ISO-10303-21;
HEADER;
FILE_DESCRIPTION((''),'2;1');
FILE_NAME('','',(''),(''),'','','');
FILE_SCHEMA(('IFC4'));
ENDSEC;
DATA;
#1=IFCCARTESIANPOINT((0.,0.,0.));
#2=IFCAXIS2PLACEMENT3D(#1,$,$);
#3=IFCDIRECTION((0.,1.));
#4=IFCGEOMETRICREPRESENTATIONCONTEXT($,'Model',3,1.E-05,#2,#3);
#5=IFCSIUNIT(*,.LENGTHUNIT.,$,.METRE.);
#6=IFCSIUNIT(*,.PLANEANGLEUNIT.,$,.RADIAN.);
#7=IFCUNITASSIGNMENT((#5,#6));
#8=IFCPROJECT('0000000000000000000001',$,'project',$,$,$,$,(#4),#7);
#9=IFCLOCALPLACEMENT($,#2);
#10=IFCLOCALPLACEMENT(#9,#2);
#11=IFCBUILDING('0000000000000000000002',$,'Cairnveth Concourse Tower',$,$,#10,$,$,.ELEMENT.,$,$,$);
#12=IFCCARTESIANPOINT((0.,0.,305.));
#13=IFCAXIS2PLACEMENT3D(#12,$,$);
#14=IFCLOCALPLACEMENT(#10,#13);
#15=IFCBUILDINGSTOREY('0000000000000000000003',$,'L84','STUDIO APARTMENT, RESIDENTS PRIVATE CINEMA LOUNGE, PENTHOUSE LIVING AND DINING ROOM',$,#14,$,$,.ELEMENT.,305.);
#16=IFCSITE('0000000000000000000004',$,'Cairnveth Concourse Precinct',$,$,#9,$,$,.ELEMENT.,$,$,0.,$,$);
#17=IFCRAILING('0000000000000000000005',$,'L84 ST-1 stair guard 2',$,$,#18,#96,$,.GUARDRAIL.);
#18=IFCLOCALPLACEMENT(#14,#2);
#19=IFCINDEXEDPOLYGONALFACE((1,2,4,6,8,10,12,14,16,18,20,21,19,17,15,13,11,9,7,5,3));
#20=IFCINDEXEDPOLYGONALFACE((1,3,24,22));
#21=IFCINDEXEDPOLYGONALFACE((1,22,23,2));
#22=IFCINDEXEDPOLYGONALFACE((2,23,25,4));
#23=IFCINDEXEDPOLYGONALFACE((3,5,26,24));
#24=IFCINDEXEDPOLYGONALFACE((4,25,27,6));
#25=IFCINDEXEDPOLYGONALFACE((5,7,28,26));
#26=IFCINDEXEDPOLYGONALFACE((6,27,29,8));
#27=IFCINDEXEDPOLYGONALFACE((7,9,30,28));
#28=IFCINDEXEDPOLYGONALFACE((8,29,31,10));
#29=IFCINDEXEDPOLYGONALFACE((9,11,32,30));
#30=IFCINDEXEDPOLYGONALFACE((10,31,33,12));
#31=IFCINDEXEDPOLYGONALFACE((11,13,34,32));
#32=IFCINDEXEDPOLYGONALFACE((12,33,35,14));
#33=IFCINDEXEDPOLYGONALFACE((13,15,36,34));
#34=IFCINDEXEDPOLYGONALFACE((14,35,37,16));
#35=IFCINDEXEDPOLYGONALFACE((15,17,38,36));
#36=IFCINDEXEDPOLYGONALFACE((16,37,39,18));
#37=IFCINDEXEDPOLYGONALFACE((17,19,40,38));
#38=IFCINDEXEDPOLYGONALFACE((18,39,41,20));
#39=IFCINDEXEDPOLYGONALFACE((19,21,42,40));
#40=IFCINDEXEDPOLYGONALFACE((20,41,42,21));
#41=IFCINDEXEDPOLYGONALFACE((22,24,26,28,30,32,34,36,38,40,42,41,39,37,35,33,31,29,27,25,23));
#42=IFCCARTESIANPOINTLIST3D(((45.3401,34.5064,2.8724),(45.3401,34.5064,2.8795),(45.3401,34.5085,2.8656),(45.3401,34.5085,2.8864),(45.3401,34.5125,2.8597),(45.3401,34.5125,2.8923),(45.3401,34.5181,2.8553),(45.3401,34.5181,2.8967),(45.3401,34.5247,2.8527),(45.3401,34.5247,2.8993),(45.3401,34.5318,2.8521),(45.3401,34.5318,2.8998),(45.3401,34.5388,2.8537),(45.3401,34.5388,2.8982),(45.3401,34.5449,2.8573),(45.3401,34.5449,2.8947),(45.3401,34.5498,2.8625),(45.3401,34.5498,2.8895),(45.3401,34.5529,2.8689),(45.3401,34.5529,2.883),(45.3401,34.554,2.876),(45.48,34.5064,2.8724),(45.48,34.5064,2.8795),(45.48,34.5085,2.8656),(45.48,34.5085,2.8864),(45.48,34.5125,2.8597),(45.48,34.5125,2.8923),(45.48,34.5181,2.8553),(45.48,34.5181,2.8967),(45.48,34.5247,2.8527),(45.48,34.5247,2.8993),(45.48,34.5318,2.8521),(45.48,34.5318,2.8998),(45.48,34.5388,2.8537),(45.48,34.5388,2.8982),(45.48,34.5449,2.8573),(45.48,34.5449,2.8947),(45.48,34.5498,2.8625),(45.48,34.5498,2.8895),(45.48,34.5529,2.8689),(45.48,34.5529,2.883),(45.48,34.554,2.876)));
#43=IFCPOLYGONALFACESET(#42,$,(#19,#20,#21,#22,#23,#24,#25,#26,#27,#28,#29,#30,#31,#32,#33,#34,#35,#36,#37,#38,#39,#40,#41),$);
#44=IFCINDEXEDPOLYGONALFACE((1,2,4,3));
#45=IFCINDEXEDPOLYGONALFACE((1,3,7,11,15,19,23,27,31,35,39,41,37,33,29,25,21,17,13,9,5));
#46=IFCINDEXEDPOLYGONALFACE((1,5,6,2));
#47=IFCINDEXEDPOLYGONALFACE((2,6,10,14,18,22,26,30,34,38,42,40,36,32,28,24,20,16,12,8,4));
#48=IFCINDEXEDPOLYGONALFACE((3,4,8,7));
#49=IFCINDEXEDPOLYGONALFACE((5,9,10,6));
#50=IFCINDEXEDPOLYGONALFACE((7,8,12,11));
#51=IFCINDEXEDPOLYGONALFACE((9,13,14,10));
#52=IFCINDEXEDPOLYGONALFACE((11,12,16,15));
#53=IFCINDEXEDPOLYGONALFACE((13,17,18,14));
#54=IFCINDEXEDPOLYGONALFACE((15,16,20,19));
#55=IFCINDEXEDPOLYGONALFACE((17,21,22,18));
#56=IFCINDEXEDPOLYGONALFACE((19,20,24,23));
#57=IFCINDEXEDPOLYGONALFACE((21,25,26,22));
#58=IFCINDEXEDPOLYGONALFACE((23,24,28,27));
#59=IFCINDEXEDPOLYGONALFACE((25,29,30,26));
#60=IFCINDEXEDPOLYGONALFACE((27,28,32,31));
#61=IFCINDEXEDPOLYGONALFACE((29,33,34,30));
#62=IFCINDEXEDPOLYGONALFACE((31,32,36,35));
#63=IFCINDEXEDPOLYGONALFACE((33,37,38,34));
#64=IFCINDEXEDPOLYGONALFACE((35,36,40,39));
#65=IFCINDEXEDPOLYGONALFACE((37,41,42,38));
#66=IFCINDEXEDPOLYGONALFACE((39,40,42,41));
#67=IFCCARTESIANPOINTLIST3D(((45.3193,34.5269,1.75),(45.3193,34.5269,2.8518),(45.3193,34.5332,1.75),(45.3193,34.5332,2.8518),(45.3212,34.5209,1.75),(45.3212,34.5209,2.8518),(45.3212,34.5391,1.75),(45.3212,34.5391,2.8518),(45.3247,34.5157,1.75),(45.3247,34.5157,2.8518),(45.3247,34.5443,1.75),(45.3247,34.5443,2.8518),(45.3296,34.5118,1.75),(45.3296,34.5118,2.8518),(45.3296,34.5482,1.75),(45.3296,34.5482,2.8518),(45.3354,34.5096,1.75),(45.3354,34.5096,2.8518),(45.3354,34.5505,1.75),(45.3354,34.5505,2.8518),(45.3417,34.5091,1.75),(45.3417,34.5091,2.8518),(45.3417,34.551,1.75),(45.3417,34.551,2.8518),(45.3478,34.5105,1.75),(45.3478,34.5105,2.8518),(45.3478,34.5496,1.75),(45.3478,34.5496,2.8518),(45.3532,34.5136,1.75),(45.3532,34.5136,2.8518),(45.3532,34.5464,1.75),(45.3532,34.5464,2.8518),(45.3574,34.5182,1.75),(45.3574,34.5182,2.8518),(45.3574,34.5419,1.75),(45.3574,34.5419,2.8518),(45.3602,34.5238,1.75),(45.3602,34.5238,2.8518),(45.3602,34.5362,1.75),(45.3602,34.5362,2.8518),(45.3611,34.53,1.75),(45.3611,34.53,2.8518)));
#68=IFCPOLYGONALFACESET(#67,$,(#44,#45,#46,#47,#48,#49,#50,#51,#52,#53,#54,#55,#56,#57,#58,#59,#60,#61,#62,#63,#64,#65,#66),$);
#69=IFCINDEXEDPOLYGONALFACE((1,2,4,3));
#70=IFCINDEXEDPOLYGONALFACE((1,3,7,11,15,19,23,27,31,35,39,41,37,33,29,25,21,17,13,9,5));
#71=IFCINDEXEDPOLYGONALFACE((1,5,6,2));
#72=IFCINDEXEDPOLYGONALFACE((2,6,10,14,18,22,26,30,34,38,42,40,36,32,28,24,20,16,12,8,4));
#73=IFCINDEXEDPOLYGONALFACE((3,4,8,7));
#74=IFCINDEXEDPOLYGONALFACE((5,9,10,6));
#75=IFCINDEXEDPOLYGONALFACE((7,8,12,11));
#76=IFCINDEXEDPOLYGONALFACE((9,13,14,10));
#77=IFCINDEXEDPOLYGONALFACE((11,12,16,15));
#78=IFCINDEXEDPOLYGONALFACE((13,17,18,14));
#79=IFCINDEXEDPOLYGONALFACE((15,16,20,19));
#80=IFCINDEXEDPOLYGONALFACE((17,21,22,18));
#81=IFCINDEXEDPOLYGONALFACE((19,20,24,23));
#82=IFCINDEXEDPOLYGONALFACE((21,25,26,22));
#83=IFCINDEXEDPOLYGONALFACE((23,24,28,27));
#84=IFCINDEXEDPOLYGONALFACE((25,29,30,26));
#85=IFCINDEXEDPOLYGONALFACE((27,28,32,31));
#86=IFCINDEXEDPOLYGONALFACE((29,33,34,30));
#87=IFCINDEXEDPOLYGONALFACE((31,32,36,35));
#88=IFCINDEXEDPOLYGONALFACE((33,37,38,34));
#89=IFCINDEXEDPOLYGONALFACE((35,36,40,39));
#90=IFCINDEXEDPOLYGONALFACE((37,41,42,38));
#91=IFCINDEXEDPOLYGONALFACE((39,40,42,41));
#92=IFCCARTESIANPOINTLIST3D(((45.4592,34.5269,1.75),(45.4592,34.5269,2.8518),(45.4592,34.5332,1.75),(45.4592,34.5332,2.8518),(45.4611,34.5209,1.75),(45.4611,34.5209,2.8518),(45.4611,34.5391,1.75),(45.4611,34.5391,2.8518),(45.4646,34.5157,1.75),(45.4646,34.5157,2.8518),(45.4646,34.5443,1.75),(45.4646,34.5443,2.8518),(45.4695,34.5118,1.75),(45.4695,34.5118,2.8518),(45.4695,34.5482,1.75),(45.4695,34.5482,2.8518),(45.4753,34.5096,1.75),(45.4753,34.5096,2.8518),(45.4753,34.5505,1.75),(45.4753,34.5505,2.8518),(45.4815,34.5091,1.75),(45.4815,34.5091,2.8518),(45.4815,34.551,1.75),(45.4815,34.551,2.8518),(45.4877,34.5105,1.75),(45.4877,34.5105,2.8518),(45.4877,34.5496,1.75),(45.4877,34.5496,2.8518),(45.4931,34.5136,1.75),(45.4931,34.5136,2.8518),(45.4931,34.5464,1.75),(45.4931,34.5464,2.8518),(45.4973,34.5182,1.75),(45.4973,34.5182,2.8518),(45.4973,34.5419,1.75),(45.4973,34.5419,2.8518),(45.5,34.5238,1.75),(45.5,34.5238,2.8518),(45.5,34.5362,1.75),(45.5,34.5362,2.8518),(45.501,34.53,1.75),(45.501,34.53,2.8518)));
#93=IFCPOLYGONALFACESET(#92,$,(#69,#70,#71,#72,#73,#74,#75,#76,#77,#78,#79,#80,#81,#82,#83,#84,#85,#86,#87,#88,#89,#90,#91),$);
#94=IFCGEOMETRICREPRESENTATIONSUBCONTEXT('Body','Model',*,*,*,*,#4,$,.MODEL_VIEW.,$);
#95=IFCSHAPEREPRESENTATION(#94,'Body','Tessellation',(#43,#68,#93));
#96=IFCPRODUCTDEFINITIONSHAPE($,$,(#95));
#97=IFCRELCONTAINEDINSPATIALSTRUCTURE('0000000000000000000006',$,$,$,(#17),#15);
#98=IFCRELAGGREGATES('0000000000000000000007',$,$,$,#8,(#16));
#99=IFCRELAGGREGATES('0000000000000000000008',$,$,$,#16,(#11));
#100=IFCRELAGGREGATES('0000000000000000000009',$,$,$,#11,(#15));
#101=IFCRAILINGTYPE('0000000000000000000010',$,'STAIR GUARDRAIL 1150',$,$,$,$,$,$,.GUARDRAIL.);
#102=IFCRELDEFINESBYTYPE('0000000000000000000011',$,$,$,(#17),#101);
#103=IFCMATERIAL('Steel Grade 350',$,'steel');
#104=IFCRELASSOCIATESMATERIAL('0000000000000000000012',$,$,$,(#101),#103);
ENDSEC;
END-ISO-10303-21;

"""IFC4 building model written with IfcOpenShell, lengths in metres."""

from ifc_helpers import new_model, si_unit, direction, frame, origin, origin_2d, place, context, subcontext, project, spatial, circle, extrude, material, type_object, element, save


model = new_model("IFC4")

# Units and contexts
model_context = context("Model", 3, precision=1e-05, world=origin(), true_north=direction((0.0, 1.0)))
body_context = subcontext(model_context, "Body", "Model", "MODEL_VIEW")
ifc_project = project(units=[si_unit("LENGTHUNIT", "METRE"), si_unit("PLANEANGLEUNIT", "RADIAN")], contexts=[model_context])

# Site, building, storey
site_placement = place(None, origin())
site = spatial("IfcSite", under=ifc_project, at=site_placement, Name="Cairnveth Concourse Precinct", CompositionType="ELEMENT", RefElevation=0.0)
building_placement = place(site_placement, origin())
building = spatial("IfcBuilding", under=site, at=building_placement, Name="Cairnveth Concourse Tower", CompositionType="ELEMENT")
storey_placement = place(building_placement, frame((0.0, 0.0, 305.0)))
storey = spatial("IfcBuildingStorey", under=building, at=storey_placement, Name="L84", Description="STUDIO APARTMENT, RESIDENTS PRIVATE CINEMA LOUNGE, PENTHOUSE LIVING AND DINING ROOM", CompositionType="ELEMENT", Elevation=305.0)

# Shared definitions
ifc_material_1 = material(Name="Steel Grade 350", Category="steel")

# Railing
railing_type_1 = type_object("IfcRailingType", Name="STAIR GUARDRAIL 1150", PredefinedType="GUARDRAIL", material=ifc_material_1)
railing_1_placement = place(storey_placement, frame((45.3401, 34.53, 1.75)))
element("IfcRailing", 1, at=railing_1_placement, inside=storey, type_object=railing_type_1, Name="L84 ST-1 stair guard 2", PredefinedType="GUARDRAIL", context=body_context, shape_type="SweptSolid", body=[
    extrude(circle(Radius=0.0239, at=origin_2d()), frame((0.0, 0.0, 1.126), z_axis=(1.0, 0.0, 0.0), x_axis=(0.0, 1.0, 0.0)), (0.0, 0.0, 1.0), 0.1399),
    extrude(circle(Radius=0.021, at=origin_2d()), origin(), (0.0, 0.0, 1.0), 1.1018),
    extrude(circle(Radius=0.021, at=origin_2d()), frame((0.1399, 0.0, 0.0)), (0.0, 0.0, 1.0), 1.1018),
])

save(model, "model.ifc")
